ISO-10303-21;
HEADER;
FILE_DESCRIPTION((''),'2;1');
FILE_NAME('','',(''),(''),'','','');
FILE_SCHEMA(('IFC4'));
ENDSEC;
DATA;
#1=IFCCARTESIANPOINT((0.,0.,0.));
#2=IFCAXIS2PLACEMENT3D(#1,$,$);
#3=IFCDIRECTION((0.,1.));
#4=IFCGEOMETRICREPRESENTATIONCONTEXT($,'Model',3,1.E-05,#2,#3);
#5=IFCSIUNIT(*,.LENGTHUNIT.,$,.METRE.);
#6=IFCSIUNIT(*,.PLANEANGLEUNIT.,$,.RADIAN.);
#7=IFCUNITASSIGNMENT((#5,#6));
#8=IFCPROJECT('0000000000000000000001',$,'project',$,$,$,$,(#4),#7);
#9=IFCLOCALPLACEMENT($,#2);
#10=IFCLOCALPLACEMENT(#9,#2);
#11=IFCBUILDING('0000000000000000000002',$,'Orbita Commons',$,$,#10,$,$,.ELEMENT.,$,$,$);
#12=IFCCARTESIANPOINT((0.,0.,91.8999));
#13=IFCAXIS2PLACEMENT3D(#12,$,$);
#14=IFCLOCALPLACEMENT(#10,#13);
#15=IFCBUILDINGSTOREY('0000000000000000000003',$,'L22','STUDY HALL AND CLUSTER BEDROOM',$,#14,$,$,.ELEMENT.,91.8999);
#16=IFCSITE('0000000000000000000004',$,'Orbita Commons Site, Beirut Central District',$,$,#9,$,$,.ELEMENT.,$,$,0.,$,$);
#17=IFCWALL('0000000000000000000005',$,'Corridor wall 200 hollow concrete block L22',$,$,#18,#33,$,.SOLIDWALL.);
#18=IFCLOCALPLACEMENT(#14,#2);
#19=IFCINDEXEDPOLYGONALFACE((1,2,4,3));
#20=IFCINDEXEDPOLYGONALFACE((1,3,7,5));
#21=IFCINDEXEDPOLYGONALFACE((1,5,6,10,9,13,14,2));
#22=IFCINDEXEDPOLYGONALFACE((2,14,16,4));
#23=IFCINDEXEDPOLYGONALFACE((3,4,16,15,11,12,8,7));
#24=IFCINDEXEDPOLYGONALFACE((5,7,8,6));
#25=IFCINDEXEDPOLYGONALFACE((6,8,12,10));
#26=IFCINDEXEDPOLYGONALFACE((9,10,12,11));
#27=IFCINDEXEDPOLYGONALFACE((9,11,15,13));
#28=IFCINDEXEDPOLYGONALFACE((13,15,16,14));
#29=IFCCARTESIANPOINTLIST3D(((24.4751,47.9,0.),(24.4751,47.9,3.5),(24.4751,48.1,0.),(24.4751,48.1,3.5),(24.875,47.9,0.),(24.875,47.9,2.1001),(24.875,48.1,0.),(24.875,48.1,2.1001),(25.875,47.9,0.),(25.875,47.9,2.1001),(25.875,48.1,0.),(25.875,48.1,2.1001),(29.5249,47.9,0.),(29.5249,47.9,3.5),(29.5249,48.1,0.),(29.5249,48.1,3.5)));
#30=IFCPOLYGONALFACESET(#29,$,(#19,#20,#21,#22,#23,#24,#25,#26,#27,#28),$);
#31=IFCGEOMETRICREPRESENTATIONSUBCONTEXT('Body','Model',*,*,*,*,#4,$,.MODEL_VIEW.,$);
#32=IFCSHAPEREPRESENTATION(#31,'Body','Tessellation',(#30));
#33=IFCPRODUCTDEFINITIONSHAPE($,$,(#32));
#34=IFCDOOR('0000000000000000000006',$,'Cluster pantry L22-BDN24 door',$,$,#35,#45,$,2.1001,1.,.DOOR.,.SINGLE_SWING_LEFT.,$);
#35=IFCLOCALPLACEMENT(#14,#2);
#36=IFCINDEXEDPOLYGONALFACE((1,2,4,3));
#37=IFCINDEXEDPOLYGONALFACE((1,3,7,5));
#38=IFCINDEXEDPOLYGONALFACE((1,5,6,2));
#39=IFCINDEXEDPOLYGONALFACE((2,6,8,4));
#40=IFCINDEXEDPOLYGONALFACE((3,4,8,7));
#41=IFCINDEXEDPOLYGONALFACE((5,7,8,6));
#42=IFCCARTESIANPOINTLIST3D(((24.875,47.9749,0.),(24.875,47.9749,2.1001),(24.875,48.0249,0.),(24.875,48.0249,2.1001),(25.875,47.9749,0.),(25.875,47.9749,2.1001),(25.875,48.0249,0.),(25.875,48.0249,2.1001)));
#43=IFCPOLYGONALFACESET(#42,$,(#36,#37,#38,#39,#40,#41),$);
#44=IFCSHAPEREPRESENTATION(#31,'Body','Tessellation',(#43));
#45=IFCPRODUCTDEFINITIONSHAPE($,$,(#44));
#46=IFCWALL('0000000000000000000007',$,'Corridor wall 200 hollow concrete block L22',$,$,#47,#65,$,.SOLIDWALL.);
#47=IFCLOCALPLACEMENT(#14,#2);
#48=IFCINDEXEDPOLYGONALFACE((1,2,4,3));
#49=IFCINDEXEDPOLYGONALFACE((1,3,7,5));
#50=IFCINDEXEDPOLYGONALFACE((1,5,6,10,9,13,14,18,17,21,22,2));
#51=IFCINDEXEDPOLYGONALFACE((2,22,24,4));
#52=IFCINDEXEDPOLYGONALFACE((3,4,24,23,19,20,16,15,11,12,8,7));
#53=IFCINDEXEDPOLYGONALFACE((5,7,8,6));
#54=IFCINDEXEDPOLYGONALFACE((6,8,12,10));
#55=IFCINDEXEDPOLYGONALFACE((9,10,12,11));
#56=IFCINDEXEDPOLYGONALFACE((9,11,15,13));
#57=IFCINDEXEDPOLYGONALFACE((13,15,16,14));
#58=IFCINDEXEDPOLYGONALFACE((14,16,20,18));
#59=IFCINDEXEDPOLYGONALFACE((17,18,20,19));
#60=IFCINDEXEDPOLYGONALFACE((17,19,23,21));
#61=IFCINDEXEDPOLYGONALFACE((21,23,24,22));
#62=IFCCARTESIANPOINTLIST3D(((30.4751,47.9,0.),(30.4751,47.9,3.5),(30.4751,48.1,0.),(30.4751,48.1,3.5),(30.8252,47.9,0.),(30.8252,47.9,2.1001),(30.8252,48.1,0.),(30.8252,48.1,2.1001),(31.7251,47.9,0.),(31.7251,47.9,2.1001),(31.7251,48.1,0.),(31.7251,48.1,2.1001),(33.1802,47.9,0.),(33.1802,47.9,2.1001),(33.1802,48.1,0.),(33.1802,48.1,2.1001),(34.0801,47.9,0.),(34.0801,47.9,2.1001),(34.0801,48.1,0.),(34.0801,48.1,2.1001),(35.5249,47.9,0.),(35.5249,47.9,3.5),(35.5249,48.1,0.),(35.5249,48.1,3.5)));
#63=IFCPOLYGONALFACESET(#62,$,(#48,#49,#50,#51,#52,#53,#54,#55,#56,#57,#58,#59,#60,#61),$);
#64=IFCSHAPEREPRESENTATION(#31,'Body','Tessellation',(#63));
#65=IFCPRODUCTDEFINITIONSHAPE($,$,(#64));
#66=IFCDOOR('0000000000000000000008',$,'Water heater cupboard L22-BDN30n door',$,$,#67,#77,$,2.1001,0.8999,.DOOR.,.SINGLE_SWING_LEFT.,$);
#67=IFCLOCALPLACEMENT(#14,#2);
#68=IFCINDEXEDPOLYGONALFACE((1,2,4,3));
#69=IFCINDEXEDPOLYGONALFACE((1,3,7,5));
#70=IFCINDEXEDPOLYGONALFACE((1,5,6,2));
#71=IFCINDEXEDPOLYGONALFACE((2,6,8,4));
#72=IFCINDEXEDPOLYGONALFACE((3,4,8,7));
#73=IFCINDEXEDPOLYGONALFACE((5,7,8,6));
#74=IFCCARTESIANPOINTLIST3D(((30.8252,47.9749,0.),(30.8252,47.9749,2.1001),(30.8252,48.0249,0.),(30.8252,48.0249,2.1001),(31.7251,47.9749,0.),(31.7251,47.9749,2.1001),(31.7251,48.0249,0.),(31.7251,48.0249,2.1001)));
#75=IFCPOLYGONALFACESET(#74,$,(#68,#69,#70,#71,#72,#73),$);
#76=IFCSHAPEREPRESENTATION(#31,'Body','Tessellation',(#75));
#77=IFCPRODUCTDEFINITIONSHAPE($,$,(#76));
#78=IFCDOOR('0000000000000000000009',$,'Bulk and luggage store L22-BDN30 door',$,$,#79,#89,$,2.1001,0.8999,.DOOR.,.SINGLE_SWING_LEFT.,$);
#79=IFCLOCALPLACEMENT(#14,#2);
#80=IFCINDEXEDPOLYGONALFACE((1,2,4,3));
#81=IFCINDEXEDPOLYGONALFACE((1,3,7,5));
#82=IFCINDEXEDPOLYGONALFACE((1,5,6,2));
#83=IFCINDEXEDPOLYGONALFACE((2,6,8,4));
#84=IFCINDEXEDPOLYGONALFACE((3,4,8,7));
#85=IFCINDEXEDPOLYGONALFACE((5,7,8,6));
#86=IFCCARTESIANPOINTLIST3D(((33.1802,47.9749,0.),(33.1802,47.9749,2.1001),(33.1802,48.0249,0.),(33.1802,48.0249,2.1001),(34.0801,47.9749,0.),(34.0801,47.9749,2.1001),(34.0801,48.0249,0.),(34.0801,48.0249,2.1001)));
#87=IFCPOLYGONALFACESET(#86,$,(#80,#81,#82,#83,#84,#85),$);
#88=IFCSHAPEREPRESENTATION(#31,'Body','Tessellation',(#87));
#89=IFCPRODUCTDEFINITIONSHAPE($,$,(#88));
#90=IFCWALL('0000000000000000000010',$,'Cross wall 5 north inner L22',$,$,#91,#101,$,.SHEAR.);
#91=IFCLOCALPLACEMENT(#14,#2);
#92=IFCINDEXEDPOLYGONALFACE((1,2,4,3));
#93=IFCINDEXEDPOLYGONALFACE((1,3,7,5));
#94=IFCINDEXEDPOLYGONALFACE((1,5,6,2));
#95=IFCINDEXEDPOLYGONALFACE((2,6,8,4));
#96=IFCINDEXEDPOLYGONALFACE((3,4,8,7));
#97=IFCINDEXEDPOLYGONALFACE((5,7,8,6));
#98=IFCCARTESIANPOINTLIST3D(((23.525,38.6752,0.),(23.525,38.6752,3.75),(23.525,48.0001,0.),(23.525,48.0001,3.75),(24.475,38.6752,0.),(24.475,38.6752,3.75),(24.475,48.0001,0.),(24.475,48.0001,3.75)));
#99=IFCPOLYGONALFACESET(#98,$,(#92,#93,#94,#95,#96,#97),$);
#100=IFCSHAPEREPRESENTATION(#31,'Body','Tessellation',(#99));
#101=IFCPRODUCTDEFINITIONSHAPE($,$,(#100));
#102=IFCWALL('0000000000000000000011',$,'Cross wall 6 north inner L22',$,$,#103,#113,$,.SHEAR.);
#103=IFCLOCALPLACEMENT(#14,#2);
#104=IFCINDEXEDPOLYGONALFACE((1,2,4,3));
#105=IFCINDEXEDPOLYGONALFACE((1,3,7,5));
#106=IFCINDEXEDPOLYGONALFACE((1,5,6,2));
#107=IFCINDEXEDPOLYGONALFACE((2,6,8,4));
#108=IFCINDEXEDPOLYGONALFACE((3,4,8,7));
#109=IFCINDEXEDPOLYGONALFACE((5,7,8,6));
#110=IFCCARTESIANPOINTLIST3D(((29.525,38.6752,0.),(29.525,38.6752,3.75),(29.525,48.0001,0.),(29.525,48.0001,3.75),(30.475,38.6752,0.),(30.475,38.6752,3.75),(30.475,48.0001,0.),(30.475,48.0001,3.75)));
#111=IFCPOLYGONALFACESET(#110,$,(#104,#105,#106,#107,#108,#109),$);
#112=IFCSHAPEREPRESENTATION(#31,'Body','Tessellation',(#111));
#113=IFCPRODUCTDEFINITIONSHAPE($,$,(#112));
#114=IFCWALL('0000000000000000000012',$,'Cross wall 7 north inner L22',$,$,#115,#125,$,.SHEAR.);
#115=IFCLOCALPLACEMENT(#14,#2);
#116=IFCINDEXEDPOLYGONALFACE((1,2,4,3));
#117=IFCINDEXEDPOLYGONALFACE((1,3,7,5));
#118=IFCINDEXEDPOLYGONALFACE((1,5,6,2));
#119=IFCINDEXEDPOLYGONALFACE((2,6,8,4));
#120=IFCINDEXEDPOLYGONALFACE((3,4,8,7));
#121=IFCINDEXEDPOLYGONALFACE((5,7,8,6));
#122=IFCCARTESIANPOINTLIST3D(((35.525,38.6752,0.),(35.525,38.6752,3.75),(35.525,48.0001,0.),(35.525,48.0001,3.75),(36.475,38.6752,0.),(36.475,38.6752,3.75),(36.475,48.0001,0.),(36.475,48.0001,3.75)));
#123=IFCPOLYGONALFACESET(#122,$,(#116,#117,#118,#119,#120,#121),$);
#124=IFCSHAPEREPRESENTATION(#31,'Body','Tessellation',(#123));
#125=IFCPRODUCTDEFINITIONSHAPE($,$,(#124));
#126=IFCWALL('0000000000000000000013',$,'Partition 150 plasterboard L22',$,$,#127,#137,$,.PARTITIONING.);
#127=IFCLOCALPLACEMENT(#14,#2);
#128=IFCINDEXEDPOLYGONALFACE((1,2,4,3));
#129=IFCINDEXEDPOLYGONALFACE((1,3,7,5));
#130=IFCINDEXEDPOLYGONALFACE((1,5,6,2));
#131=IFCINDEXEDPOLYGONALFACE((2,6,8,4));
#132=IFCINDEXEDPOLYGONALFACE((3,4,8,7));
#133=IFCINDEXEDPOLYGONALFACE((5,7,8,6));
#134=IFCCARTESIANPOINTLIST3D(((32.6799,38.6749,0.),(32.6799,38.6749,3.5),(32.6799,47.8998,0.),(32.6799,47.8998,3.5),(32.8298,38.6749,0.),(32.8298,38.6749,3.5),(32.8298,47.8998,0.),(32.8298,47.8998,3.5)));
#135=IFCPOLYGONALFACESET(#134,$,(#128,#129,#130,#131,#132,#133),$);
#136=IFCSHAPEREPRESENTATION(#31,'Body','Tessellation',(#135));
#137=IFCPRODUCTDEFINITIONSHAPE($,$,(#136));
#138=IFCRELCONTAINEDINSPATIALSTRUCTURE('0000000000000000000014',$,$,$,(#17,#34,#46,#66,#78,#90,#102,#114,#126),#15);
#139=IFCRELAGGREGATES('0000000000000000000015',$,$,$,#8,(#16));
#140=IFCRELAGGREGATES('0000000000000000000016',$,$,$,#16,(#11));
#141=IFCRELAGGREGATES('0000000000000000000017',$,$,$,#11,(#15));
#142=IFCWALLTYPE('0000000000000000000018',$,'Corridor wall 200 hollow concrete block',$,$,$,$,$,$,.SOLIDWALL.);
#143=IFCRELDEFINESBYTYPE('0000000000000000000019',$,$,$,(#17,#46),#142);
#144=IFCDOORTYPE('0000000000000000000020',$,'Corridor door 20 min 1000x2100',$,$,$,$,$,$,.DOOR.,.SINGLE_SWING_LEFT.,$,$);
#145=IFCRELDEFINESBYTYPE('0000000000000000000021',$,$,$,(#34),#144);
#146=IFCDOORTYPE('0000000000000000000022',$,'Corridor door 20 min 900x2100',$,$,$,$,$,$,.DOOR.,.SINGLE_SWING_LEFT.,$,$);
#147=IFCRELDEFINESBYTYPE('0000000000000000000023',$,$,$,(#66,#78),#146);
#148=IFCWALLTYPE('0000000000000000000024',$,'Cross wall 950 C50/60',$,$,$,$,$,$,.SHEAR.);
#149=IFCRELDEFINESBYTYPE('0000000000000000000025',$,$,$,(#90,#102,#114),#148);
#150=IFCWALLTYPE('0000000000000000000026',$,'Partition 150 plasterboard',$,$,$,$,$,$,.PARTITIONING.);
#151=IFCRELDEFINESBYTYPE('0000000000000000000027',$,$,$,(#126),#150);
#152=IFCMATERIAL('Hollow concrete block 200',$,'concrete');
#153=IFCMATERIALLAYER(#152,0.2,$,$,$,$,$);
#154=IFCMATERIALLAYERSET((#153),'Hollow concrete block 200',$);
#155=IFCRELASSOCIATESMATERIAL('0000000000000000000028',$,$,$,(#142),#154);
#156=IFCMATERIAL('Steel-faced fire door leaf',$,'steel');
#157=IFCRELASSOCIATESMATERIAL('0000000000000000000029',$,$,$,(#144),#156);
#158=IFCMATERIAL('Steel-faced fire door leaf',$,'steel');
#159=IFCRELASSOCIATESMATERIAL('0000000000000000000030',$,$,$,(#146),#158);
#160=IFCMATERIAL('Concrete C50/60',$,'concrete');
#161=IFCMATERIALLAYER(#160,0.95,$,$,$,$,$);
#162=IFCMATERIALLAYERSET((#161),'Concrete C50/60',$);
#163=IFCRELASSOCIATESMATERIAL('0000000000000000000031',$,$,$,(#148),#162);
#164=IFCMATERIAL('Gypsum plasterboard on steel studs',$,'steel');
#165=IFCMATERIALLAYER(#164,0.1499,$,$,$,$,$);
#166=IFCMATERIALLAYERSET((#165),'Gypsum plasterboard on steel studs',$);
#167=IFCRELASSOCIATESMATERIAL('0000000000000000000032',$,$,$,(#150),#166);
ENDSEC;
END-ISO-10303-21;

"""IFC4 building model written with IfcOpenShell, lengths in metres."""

from ifc_helpers import new_model, si_unit, direction, frame, frame_2d, origin, place, context, subcontext, project, spatial, rectangle, extrude, material, layer, layer_set, type_object, element, fill, save


model = new_model("IFC4")

# Units and contexts
model_context = context("Model", 3, precision=1e-05, world=origin(), true_north=direction((0.0, 1.0)))
body_context = subcontext(model_context, "Body", "Model", "MODEL_VIEW")
ifc_project = project(units=[si_unit("LENGTHUNIT", "METRE"), si_unit("PLANEANGLEUNIT", "RADIAN")], contexts=[model_context])

# Site, building, storey
site_placement = place(None, origin())
site = spatial("IfcSite", under=ifc_project, at=site_placement, Name="Orbita Commons Site, Beirut Central District", CompositionType="ELEMENT", RefElevation=0.0)
building_placement = place(site_placement, origin())
building = spatial("IfcBuilding", under=site, at=building_placement, Name="Orbita Commons", CompositionType="ELEMENT")
storey_placement = place(building_placement, frame((0.0, 0.0, 91.8999)))
storey = spatial("IfcBuildingStorey", under=building, at=storey_placement, Name="L22", Description="STUDY HALL AND CLUSTER BEDROOM", CompositionType="ELEMENT", Elevation=91.8999)

# Wall, opening, door
ifc_material_1 = material(Name="Hollow concrete block 200", Category="concrete")
ifc_layer_1 = layer(ifc_material_1, 0.2)
ifc_layer_set_1 = layer_set([ifc_layer_1], Name="Hollow concrete block 200")
wall_type_1 = type_object("IfcWallType", Name="Corridor wall 200 hollow concrete block", PredefinedType="SOLIDWALL", material=ifc_layer_set_1)
wall_1_placement = place(storey_placement, frame((24.4751, 48.0, 0.0), z_axis=(0.0, 0.0, 1.0), x_axis=(1.0, 0.0, 0.0)))
wall_1 = element("IfcWall", 1, at=wall_1_placement, inside=storey, type_object=wall_type_1, Name="Corridor wall 200 hollow concrete block L22", PredefinedType="SOLIDWALL", context=body_context, shape_type="SweptSolid", body=[
    extrude(rectangle(XDim=5.0498, YDim=0.2, at=frame_2d((2.5249, 0.0))), origin(), (0.0, 0.0, 1.0), 3.5),
])
opening_1_placement = place(wall_1_placement, frame((0.3999, 0.0, 0.0)))
opening_1 = element("IfcOpeningElement", 2, at=opening_1_placement, cuts=wall_1, PredefinedType="OPENING", context=body_context, shape_type="SweptSolid", body=[
    extrude(rectangle(XDim=1.0, YDim=2.1001, at=frame_2d((0.5, 1.05))), frame((0.0, 0.1099, 0.0), z_axis=(0.0, -1.0, 0.0), x_axis=(1.0, 0.0, 0.0)), (0.0, 0.0, 1.0), 0.22),
])
ifc_material_2 = material(Name="Steel-faced fire door leaf", Category="steel")
door_type_1 = type_object("IfcDoorType", Name="Corridor door 20 min 1000x2100", OperationType="SINGLE_SWING_LEFT", PredefinedType="DOOR", material=ifc_material_2)
door_1_placement = place(opening_1_placement, origin())
door_1 = element("IfcDoor", 3, at=door_1_placement, inside=storey, type_object=door_type_1, Name="Cluster pantry L22-BDN24 door", OperationType="SINGLE_SWING_LEFT", OverallHeight=2.1001, OverallWidth=1.0, PredefinedType="DOOR", context=body_context, shape_type="SweptSolid", body=[
    extrude(rectangle(XDim=1.0, YDim=2.1001, at=frame_2d((0.5, 1.05))), frame((0.0, 0.0249, 0.0), z_axis=(0.0, -1.0, 0.0), x_axis=(1.0, 0.0, 0.0)), (0.0, 0.0, 1.0), 0.05),
])
fill(opening_1, door_1)

# Wall, openings, doors
wall_2_placement = place(storey_placement, frame((30.4751, 48.0, 0.0), z_axis=(0.0, 0.0, 1.0), x_axis=(1.0, 0.0, 0.0)))
wall_2 = element("IfcWall", 4, at=wall_2_placement, inside=storey, type_object=wall_type_1, Name="Corridor wall 200 hollow concrete block L22", PredefinedType="SOLIDWALL", context=body_context, shape_type="SweptSolid", body=[
    extrude(rectangle(XDim=5.0498, YDim=0.2, at=frame_2d((2.5249, 0.0))), origin(), (0.0, 0.0, 1.0), 3.5),
])
opening_2_placement = place(wall_2_placement, frame((0.3501, 0.0, 0.0)))
opening_2 = element("IfcOpeningElement", 5, at=opening_2_placement, cuts=wall_2, PredefinedType="OPENING", context=body_context, shape_type="SweptSolid", body=[
    extrude(rectangle(XDim=0.8999, YDim=2.1001, at=frame_2d((0.45, 1.05))), frame((0.0, 0.1099, 0.0), z_axis=(0.0, -1.0, 0.0), x_axis=(1.0, 0.0, 0.0)), (0.0, 0.0, 1.0), 0.22),
])
opening_3_placement = place(wall_2_placement, frame((2.7051, 0.0, 0.0)))
opening_3 = element("IfcOpeningElement", 6, at=opening_3_placement, cuts=wall_2, PredefinedType="OPENING", context=body_context, shape_type="SweptSolid", body=[
    extrude(rectangle(XDim=0.8999, YDim=2.1001, at=frame_2d((0.45, 1.05))), frame((0.0, 0.1099, 0.0), z_axis=(0.0, -1.0, 0.0), x_axis=(1.0, 0.0, 0.0)), (0.0, 0.0, 1.0), 0.22),
])
ifc_material_3 = material(Name="Steel-faced fire door leaf", Category="steel")
door_type_2 = type_object("IfcDoorType", Name="Corridor door 20 min 900x2100", OperationType="SINGLE_SWING_LEFT", PredefinedType="DOOR", material=ifc_material_3)
door_2_placement = place(opening_2_placement, origin())
door_2 = element("IfcDoor", 7, at=door_2_placement, inside=storey, type_object=door_type_2, Name="Water heater cupboard L22-BDN30n door", OperationType="SINGLE_SWING_LEFT", OverallHeight=2.1001, OverallWidth=0.8999, PredefinedType="DOOR", context=body_context, shape_type="SweptSolid", body=[
    extrude(rectangle(XDim=0.8999, YDim=2.1001, at=frame_2d((0.45, 1.05))), frame((0.0, 0.0249, 0.0), z_axis=(0.0, -1.0, 0.0), x_axis=(1.0, 0.0, 0.0)), (0.0, 0.0, 1.0), 0.05),
])
fill(opening_2, door_2)
door_3_placement = place(opening_3_placement, origin())
door_3 = element("IfcDoor", 8, at=door_3_placement, inside=storey, type_object=door_type_2, Name="Bulk and luggage store L22-BDN30 door", OperationType="SINGLE_SWING_LEFT", OverallHeight=2.1001, OverallWidth=0.8999, PredefinedType="DOOR", context=body_context, shape_type="SweptSolid", body=[
    extrude(rectangle(XDim=0.8999, YDim=2.1001, at=frame_2d((0.45, 1.05))), frame((0.0, 0.0249, 0.0), z_axis=(0.0, -1.0, 0.0), x_axis=(1.0, 0.0, 0.0)), (0.0, 0.0, 1.0), 0.05),
])
fill(opening_3, door_3)

# Walls
ifc_material_4 = material(Name="Concrete C50/60", Category="concrete")
ifc_layer_2 = layer(ifc_material_4, 0.95)
ifc_layer_set_2 = layer_set([ifc_layer_2], Name="Concrete C50/60")
wall_type_2 = type_object("IfcWallType", Name="Cross wall 950 C50/60", PredefinedType="SHEAR", material=ifc_layer_set_2)
for number, where, z_axis, x_axis, name in (
    (9, (24.0, 38.675, 0.0), (0.0, 0.0, 1.0), (0.0, 1.0, 0.0), "Cross wall 5 north inner L22"),
    (10, (30.0, 38.675, 0.0), (0.0, 0.0, 1.0), (0.0, 1.0, 0.0), "Cross wall 6 north inner L22"),
    (11, (36.0, 38.675, 0.0), (0.0, 0.0, 1.0), (0.0, 1.0, 0.0), "Cross wall 7 north inner L22"),
):
    element("IfcWall", number, at=place(storey_placement, frame(where, z_axis=z_axis, x_axis=x_axis)), inside=storey, type_object=wall_type_2, Name=name, PredefinedType="SHEAR", context=body_context, shape_type="SweptSolid", body=[
        extrude(rectangle(XDim=9.325, YDim=0.95, at=frame_2d((4.6626, 0.0))), origin(), (0.0, 0.0, 1.0), 3.75),
    ])
ifc_material_5 = material(Name="Gypsum plasterboard on steel studs", Category="steel")
ifc_layer_3 = layer(ifc_material_5, 0.1499)
ifc_layer_set_3 = layer_set([ifc_layer_3], Name="Gypsum plasterboard on steel studs")
wall_type_3 = type_object("IfcWallType", Name="Partition 150 plasterboard", PredefinedType="PARTITIONING", material=ifc_layer_set_3)
wall_3_placement = place(storey_placement, frame((32.7549, 38.675, 0.0), z_axis=(0.0, 0.0, 1.0), x_axis=(0.0, 1.0, 0.0)))
element("IfcWall", 12, at=wall_3_placement, inside=storey, type_object=wall_type_3, Name="Partition 150 plasterboard L22", PredefinedType="PARTITIONING", context=body_context, shape_type="SweptSolid", body=[
    extrude(rectangle(XDim=9.2249, YDim=0.1499, at=frame_2d((4.6123, 0.0))), origin(), (0.0, 0.0, 1.0), 3.5),
])

save(model, "model.ifc")
